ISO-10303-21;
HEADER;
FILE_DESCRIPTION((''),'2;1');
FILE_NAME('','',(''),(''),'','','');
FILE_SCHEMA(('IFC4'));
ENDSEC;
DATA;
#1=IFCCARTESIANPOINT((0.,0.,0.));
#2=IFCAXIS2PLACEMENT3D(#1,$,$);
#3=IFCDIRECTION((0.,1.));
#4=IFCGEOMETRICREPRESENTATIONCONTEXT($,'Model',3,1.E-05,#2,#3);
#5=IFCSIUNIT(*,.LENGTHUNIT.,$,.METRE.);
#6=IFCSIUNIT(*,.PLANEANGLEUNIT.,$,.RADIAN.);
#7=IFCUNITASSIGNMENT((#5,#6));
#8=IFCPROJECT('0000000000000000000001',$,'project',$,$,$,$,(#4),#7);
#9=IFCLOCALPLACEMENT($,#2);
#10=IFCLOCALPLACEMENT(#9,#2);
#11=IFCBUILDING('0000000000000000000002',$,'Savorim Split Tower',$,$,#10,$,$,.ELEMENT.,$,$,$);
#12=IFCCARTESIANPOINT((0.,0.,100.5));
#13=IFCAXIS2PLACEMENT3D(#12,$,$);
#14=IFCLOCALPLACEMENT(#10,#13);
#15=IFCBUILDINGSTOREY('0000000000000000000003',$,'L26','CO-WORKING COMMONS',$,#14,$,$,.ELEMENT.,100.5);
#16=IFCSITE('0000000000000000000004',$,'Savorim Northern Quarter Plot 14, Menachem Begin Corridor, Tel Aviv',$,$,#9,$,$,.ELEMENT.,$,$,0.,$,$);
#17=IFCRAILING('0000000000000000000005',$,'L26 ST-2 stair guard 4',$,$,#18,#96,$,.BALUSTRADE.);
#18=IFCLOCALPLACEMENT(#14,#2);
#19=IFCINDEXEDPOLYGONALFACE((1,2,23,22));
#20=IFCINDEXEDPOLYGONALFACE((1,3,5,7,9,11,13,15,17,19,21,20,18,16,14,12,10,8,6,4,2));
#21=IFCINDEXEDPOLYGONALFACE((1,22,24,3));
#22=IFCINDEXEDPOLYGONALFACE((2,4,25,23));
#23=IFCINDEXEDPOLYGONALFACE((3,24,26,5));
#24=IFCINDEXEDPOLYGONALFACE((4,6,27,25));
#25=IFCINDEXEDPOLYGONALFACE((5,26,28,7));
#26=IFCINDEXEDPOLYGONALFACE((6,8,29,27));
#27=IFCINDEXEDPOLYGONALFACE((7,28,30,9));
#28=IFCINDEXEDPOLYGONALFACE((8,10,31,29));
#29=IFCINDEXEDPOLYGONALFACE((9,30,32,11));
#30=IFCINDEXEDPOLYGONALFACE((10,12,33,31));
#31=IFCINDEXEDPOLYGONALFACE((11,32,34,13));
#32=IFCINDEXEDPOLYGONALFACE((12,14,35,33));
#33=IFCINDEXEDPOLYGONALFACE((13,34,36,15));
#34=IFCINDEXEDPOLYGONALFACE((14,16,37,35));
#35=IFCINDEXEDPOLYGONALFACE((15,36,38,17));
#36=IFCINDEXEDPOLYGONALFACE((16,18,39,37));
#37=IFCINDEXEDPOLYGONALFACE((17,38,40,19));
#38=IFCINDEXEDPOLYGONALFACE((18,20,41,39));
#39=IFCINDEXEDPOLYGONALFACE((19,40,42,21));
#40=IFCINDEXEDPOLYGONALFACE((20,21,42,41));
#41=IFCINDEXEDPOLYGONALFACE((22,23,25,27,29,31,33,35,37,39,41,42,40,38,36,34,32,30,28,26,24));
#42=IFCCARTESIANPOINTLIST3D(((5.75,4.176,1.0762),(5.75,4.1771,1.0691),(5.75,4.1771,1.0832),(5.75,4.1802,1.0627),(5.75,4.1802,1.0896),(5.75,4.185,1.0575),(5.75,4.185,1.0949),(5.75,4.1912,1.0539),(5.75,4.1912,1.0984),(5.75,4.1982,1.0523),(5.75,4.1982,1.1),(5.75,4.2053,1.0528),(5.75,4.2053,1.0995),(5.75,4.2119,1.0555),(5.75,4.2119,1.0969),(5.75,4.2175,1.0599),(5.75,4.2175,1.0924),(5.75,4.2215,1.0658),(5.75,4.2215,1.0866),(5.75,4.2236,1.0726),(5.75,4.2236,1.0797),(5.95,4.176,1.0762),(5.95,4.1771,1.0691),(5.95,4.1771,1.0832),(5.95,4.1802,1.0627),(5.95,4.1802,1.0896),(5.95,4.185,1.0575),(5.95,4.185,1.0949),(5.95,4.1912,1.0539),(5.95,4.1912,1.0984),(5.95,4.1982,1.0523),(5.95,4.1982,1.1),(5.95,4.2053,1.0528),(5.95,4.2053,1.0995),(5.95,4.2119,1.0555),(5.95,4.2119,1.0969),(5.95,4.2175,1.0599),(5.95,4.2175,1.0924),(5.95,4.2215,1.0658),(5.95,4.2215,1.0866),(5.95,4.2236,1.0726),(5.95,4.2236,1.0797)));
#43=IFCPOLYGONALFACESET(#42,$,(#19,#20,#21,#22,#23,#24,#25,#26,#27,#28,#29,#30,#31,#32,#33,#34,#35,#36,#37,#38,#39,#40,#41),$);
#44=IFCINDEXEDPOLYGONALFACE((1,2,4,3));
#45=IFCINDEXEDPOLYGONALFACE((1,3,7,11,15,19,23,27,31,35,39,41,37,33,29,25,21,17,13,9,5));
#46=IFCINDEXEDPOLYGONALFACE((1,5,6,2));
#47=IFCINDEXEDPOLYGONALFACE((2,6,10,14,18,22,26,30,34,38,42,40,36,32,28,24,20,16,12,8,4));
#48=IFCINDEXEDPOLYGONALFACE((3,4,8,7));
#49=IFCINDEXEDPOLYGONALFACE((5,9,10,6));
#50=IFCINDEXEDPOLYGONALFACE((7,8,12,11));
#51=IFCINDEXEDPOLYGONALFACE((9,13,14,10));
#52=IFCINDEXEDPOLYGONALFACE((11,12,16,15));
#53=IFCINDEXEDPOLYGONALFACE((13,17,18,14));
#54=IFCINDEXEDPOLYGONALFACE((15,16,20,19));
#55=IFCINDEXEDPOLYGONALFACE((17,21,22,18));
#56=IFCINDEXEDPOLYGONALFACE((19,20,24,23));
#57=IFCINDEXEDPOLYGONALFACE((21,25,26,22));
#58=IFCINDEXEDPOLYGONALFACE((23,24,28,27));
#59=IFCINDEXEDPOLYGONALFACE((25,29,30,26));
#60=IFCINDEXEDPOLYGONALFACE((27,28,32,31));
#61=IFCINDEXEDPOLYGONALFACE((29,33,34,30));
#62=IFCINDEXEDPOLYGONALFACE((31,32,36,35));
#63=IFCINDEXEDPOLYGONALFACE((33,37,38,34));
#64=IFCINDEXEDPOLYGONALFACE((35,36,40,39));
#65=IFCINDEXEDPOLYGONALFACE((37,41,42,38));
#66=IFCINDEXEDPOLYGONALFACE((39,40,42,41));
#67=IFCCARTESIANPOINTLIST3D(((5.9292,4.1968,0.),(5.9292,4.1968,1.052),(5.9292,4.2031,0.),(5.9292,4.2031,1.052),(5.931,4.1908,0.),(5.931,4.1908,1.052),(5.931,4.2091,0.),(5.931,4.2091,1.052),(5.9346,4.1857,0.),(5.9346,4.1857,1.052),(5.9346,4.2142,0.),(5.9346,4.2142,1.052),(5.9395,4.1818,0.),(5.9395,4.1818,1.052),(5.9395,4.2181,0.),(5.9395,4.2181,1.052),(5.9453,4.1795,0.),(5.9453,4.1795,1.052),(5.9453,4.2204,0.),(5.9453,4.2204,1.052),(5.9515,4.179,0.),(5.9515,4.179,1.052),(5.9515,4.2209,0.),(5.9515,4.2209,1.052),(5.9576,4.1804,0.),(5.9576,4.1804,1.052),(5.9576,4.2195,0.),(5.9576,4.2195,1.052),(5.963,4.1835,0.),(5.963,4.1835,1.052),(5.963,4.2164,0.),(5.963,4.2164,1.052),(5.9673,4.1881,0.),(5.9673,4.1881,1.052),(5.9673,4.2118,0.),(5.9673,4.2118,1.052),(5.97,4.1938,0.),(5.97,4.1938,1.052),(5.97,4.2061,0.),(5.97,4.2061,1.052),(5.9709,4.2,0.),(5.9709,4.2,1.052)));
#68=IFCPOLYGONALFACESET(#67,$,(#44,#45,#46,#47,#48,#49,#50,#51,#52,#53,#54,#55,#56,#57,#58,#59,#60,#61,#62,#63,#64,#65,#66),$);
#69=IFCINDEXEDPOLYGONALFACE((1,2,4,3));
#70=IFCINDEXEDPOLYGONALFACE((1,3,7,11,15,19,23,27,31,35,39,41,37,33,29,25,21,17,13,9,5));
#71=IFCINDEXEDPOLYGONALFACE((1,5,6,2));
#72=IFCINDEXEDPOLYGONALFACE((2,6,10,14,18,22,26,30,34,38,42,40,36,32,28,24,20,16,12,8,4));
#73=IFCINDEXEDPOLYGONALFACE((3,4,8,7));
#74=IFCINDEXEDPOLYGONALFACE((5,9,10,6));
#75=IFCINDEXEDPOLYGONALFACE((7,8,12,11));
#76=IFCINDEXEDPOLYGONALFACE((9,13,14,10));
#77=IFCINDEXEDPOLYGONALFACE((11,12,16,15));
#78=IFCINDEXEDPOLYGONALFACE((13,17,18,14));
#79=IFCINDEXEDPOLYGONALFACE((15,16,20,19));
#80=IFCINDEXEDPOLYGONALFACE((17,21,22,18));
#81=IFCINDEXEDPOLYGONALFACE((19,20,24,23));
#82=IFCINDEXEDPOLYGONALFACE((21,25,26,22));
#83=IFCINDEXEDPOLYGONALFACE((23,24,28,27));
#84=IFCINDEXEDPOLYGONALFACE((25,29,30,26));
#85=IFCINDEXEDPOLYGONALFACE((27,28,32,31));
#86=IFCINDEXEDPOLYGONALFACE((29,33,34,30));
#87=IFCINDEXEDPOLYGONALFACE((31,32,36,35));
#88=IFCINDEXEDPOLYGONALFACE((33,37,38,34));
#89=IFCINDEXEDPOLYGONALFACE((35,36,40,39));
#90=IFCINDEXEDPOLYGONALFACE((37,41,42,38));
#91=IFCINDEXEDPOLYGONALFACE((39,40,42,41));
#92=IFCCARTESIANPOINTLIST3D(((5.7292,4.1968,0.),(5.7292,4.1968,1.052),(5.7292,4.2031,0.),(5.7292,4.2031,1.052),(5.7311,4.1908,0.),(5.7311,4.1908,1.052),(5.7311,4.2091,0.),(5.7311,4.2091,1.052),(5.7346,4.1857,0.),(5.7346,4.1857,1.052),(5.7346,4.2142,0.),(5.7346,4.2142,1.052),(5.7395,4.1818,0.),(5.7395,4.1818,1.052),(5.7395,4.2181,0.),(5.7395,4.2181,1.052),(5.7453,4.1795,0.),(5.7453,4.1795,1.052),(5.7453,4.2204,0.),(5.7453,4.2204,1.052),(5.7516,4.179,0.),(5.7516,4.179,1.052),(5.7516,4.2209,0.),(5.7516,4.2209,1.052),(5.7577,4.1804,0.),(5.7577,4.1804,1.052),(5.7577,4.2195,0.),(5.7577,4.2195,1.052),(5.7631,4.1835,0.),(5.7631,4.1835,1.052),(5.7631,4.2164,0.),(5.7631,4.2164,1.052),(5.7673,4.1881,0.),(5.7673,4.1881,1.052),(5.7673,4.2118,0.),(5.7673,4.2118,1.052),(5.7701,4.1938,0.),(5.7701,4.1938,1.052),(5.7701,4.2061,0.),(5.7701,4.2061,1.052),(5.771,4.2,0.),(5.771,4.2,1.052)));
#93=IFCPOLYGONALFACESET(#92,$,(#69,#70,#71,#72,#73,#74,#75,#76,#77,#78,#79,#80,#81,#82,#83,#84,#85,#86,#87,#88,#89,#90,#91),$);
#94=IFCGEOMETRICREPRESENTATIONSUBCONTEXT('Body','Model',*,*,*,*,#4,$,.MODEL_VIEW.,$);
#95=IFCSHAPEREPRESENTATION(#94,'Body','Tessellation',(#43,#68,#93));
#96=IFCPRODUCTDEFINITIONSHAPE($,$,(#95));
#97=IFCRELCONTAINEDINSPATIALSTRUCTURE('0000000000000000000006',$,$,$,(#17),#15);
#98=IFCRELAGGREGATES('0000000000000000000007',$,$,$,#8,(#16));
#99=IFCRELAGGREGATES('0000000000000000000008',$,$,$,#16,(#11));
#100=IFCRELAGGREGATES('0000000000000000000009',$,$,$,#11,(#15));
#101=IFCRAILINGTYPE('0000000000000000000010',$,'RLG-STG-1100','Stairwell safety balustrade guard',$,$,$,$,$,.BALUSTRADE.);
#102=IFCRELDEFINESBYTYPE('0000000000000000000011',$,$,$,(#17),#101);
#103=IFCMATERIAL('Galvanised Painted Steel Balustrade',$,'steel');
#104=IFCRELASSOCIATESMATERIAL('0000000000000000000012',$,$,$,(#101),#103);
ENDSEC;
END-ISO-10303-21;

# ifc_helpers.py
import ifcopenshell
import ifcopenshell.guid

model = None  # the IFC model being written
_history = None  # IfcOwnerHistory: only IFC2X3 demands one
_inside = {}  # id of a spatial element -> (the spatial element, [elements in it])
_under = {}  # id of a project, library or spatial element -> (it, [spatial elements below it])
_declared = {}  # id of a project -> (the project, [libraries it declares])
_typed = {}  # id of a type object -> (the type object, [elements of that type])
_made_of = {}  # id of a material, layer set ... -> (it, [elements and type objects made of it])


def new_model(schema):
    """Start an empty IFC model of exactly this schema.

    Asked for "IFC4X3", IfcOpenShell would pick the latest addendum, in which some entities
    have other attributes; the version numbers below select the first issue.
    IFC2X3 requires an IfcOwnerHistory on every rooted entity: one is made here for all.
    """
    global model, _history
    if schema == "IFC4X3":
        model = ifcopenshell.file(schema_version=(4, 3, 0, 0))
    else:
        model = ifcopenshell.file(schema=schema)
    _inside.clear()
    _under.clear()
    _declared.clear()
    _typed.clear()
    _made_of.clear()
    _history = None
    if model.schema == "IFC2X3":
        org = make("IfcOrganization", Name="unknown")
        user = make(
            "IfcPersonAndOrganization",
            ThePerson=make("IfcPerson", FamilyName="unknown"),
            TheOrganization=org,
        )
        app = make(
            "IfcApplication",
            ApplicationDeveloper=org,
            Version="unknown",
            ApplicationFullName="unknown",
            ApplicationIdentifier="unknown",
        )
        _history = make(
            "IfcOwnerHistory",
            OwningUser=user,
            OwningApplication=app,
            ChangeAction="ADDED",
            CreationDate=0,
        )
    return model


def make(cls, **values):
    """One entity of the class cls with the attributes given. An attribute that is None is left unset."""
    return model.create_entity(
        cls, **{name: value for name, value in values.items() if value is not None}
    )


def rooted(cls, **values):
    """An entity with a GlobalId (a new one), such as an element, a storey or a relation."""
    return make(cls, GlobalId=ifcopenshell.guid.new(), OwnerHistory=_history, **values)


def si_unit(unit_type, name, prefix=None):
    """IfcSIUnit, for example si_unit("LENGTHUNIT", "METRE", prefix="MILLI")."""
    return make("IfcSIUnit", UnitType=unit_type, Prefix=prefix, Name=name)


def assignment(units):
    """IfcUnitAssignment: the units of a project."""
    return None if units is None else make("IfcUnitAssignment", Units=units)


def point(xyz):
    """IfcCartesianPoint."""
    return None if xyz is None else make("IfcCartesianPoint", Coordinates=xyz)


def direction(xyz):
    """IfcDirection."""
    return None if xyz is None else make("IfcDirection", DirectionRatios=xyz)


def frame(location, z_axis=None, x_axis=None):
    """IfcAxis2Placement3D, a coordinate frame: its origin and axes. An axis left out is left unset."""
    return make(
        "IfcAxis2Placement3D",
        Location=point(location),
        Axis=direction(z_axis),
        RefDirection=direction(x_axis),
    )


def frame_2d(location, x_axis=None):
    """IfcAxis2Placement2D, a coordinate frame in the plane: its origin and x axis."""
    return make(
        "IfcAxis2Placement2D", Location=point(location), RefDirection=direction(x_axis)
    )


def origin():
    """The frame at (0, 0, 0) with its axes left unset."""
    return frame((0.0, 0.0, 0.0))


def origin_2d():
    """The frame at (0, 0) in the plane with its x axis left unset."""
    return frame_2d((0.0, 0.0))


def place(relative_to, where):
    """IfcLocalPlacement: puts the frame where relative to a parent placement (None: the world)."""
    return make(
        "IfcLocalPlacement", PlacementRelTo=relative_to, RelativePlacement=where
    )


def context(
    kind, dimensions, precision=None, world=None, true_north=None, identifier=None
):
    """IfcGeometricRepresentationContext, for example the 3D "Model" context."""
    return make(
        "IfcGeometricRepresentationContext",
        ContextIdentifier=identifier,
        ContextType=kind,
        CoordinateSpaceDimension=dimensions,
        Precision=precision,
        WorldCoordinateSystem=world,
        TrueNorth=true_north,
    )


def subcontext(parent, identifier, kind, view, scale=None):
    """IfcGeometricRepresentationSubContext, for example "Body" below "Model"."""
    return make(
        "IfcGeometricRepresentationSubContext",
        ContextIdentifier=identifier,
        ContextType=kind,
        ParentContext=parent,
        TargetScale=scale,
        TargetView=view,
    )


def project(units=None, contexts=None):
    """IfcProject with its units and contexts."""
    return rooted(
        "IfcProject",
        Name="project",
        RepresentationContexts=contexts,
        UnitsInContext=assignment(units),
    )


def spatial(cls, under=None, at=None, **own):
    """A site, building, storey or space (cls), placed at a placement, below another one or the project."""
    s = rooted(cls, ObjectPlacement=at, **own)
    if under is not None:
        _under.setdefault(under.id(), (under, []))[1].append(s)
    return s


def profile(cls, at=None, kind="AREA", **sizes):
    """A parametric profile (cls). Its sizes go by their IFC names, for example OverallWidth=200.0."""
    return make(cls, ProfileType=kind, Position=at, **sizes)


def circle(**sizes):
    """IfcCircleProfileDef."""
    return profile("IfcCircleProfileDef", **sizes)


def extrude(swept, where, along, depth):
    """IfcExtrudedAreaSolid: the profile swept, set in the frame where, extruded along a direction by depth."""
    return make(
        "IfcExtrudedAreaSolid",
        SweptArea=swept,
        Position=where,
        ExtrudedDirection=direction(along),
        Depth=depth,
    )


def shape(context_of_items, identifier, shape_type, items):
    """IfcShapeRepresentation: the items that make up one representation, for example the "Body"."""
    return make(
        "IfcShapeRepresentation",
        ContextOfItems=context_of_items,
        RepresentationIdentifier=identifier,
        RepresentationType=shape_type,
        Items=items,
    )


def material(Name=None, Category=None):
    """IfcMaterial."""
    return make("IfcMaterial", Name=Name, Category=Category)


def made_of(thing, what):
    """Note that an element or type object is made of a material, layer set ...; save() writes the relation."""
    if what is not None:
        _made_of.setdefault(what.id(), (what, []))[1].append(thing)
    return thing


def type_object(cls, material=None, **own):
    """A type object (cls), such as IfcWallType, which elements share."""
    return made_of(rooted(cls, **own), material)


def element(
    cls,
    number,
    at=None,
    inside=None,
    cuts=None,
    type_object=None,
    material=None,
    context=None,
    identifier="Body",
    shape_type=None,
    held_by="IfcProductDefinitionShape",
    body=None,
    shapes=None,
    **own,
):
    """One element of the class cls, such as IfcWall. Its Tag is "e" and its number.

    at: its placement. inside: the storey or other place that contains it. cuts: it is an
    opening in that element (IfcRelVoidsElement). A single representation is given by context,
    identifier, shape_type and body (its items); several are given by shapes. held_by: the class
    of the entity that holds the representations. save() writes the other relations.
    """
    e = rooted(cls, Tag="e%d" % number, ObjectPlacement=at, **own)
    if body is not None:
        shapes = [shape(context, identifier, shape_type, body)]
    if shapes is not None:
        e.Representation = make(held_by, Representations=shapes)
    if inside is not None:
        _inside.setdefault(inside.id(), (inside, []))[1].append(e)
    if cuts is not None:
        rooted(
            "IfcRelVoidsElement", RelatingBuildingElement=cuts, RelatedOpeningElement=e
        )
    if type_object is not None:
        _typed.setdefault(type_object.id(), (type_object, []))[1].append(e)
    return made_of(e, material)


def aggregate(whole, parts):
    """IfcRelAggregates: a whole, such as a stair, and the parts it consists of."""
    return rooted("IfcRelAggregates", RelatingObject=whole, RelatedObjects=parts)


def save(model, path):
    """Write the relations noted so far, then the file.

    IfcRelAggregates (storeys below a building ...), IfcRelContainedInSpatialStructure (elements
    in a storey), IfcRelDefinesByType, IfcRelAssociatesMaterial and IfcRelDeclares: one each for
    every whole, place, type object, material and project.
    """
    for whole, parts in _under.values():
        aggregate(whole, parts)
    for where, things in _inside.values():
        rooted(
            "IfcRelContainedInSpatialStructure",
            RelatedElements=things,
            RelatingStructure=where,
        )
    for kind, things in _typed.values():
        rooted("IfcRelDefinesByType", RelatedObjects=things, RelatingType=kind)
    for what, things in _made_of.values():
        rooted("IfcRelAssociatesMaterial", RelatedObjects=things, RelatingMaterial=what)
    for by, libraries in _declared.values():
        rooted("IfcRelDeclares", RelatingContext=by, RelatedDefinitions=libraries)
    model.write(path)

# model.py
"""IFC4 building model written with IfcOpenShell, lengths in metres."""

from ifc_helpers import new_model, si_unit, direction, frame, origin, origin_2d, place, context, subcontext, project, spatial, circle, extrude, material, type_object, element, save


model = new_model("IFC4")

# Units and contexts
model_context = context("Model", 3, precision=1e-05, world=origin(), true_north=direction((0.0, 1.0)))
body_context = subcontext(model_context, "Body", "Model", "MODEL_VIEW")
ifc_project = project(units=[si_unit("LENGTHUNIT", "METRE"), si_unit("PLANEANGLEUNIT", "RADIAN")], contexts=[model_context])

# Site, building, storey
site_placement = place(None, origin())
site = spatial("IfcSite", under=ifc_project, at=site_placement, Name="Savorim Northern Quarter Plot 14, Menachem Begin Corridor, Tel Aviv", CompositionType="ELEMENT", RefElevation=0.0)
building_placement = place(site_placement, origin())
building = spatial("IfcBuilding", under=site, at=building_placement, Name="Savorim Split Tower", CompositionType="ELEMENT")
storey_placement = place(building_placement, frame((0.0, 0.0, 100.5)))
storey = spatial("IfcBuildingStorey", under=building, at=storey_placement, Name="L26", Description="CO-WORKING COMMONS", CompositionType="ELEMENT", Elevation=100.5)

# Railing
ifc_material_1 = material(Name="Galvanised Painted Steel Balustrade", Category="steel")
railing_type_1 = type_object("IfcRailingType", Name="RLG-STG-1100", Description="Stairwell safety balustrade guard", PredefinedType="BALUSTRADE", material=ifc_material_1)
railing_1_placement = place(storey_placement, frame((5.95, 4.2, 0.0)))
element("IfcRailing", 1, at=railing_1_placement, inside=storey, type_object=railing_type_1, Name="L26 ST-2 stair guard 4", PredefinedType="BALUSTRADE", context=body_context, shape_type="SweptSolid", body=[
    extrude(circle(Radius=0.0239, at=origin_2d()), frame((0.0, 0.0, 1.0762), z_axis=(-1.0, 0.0, 0.0), x_axis=(0.0, -1.0, 0.0)), (0.0, 0.0, 1.0), 0.2),
    extrude(circle(Radius=0.021, at=origin_2d()), origin(), (0.0, 0.0, 1.0), 1.052),
    extrude(circle(Radius=0.021, at=origin_2d()), frame((-0.2, 0.0, 0.0)), (0.0, 0.0, 1.0), 1.052),
])

save(model, "model.ifc")
